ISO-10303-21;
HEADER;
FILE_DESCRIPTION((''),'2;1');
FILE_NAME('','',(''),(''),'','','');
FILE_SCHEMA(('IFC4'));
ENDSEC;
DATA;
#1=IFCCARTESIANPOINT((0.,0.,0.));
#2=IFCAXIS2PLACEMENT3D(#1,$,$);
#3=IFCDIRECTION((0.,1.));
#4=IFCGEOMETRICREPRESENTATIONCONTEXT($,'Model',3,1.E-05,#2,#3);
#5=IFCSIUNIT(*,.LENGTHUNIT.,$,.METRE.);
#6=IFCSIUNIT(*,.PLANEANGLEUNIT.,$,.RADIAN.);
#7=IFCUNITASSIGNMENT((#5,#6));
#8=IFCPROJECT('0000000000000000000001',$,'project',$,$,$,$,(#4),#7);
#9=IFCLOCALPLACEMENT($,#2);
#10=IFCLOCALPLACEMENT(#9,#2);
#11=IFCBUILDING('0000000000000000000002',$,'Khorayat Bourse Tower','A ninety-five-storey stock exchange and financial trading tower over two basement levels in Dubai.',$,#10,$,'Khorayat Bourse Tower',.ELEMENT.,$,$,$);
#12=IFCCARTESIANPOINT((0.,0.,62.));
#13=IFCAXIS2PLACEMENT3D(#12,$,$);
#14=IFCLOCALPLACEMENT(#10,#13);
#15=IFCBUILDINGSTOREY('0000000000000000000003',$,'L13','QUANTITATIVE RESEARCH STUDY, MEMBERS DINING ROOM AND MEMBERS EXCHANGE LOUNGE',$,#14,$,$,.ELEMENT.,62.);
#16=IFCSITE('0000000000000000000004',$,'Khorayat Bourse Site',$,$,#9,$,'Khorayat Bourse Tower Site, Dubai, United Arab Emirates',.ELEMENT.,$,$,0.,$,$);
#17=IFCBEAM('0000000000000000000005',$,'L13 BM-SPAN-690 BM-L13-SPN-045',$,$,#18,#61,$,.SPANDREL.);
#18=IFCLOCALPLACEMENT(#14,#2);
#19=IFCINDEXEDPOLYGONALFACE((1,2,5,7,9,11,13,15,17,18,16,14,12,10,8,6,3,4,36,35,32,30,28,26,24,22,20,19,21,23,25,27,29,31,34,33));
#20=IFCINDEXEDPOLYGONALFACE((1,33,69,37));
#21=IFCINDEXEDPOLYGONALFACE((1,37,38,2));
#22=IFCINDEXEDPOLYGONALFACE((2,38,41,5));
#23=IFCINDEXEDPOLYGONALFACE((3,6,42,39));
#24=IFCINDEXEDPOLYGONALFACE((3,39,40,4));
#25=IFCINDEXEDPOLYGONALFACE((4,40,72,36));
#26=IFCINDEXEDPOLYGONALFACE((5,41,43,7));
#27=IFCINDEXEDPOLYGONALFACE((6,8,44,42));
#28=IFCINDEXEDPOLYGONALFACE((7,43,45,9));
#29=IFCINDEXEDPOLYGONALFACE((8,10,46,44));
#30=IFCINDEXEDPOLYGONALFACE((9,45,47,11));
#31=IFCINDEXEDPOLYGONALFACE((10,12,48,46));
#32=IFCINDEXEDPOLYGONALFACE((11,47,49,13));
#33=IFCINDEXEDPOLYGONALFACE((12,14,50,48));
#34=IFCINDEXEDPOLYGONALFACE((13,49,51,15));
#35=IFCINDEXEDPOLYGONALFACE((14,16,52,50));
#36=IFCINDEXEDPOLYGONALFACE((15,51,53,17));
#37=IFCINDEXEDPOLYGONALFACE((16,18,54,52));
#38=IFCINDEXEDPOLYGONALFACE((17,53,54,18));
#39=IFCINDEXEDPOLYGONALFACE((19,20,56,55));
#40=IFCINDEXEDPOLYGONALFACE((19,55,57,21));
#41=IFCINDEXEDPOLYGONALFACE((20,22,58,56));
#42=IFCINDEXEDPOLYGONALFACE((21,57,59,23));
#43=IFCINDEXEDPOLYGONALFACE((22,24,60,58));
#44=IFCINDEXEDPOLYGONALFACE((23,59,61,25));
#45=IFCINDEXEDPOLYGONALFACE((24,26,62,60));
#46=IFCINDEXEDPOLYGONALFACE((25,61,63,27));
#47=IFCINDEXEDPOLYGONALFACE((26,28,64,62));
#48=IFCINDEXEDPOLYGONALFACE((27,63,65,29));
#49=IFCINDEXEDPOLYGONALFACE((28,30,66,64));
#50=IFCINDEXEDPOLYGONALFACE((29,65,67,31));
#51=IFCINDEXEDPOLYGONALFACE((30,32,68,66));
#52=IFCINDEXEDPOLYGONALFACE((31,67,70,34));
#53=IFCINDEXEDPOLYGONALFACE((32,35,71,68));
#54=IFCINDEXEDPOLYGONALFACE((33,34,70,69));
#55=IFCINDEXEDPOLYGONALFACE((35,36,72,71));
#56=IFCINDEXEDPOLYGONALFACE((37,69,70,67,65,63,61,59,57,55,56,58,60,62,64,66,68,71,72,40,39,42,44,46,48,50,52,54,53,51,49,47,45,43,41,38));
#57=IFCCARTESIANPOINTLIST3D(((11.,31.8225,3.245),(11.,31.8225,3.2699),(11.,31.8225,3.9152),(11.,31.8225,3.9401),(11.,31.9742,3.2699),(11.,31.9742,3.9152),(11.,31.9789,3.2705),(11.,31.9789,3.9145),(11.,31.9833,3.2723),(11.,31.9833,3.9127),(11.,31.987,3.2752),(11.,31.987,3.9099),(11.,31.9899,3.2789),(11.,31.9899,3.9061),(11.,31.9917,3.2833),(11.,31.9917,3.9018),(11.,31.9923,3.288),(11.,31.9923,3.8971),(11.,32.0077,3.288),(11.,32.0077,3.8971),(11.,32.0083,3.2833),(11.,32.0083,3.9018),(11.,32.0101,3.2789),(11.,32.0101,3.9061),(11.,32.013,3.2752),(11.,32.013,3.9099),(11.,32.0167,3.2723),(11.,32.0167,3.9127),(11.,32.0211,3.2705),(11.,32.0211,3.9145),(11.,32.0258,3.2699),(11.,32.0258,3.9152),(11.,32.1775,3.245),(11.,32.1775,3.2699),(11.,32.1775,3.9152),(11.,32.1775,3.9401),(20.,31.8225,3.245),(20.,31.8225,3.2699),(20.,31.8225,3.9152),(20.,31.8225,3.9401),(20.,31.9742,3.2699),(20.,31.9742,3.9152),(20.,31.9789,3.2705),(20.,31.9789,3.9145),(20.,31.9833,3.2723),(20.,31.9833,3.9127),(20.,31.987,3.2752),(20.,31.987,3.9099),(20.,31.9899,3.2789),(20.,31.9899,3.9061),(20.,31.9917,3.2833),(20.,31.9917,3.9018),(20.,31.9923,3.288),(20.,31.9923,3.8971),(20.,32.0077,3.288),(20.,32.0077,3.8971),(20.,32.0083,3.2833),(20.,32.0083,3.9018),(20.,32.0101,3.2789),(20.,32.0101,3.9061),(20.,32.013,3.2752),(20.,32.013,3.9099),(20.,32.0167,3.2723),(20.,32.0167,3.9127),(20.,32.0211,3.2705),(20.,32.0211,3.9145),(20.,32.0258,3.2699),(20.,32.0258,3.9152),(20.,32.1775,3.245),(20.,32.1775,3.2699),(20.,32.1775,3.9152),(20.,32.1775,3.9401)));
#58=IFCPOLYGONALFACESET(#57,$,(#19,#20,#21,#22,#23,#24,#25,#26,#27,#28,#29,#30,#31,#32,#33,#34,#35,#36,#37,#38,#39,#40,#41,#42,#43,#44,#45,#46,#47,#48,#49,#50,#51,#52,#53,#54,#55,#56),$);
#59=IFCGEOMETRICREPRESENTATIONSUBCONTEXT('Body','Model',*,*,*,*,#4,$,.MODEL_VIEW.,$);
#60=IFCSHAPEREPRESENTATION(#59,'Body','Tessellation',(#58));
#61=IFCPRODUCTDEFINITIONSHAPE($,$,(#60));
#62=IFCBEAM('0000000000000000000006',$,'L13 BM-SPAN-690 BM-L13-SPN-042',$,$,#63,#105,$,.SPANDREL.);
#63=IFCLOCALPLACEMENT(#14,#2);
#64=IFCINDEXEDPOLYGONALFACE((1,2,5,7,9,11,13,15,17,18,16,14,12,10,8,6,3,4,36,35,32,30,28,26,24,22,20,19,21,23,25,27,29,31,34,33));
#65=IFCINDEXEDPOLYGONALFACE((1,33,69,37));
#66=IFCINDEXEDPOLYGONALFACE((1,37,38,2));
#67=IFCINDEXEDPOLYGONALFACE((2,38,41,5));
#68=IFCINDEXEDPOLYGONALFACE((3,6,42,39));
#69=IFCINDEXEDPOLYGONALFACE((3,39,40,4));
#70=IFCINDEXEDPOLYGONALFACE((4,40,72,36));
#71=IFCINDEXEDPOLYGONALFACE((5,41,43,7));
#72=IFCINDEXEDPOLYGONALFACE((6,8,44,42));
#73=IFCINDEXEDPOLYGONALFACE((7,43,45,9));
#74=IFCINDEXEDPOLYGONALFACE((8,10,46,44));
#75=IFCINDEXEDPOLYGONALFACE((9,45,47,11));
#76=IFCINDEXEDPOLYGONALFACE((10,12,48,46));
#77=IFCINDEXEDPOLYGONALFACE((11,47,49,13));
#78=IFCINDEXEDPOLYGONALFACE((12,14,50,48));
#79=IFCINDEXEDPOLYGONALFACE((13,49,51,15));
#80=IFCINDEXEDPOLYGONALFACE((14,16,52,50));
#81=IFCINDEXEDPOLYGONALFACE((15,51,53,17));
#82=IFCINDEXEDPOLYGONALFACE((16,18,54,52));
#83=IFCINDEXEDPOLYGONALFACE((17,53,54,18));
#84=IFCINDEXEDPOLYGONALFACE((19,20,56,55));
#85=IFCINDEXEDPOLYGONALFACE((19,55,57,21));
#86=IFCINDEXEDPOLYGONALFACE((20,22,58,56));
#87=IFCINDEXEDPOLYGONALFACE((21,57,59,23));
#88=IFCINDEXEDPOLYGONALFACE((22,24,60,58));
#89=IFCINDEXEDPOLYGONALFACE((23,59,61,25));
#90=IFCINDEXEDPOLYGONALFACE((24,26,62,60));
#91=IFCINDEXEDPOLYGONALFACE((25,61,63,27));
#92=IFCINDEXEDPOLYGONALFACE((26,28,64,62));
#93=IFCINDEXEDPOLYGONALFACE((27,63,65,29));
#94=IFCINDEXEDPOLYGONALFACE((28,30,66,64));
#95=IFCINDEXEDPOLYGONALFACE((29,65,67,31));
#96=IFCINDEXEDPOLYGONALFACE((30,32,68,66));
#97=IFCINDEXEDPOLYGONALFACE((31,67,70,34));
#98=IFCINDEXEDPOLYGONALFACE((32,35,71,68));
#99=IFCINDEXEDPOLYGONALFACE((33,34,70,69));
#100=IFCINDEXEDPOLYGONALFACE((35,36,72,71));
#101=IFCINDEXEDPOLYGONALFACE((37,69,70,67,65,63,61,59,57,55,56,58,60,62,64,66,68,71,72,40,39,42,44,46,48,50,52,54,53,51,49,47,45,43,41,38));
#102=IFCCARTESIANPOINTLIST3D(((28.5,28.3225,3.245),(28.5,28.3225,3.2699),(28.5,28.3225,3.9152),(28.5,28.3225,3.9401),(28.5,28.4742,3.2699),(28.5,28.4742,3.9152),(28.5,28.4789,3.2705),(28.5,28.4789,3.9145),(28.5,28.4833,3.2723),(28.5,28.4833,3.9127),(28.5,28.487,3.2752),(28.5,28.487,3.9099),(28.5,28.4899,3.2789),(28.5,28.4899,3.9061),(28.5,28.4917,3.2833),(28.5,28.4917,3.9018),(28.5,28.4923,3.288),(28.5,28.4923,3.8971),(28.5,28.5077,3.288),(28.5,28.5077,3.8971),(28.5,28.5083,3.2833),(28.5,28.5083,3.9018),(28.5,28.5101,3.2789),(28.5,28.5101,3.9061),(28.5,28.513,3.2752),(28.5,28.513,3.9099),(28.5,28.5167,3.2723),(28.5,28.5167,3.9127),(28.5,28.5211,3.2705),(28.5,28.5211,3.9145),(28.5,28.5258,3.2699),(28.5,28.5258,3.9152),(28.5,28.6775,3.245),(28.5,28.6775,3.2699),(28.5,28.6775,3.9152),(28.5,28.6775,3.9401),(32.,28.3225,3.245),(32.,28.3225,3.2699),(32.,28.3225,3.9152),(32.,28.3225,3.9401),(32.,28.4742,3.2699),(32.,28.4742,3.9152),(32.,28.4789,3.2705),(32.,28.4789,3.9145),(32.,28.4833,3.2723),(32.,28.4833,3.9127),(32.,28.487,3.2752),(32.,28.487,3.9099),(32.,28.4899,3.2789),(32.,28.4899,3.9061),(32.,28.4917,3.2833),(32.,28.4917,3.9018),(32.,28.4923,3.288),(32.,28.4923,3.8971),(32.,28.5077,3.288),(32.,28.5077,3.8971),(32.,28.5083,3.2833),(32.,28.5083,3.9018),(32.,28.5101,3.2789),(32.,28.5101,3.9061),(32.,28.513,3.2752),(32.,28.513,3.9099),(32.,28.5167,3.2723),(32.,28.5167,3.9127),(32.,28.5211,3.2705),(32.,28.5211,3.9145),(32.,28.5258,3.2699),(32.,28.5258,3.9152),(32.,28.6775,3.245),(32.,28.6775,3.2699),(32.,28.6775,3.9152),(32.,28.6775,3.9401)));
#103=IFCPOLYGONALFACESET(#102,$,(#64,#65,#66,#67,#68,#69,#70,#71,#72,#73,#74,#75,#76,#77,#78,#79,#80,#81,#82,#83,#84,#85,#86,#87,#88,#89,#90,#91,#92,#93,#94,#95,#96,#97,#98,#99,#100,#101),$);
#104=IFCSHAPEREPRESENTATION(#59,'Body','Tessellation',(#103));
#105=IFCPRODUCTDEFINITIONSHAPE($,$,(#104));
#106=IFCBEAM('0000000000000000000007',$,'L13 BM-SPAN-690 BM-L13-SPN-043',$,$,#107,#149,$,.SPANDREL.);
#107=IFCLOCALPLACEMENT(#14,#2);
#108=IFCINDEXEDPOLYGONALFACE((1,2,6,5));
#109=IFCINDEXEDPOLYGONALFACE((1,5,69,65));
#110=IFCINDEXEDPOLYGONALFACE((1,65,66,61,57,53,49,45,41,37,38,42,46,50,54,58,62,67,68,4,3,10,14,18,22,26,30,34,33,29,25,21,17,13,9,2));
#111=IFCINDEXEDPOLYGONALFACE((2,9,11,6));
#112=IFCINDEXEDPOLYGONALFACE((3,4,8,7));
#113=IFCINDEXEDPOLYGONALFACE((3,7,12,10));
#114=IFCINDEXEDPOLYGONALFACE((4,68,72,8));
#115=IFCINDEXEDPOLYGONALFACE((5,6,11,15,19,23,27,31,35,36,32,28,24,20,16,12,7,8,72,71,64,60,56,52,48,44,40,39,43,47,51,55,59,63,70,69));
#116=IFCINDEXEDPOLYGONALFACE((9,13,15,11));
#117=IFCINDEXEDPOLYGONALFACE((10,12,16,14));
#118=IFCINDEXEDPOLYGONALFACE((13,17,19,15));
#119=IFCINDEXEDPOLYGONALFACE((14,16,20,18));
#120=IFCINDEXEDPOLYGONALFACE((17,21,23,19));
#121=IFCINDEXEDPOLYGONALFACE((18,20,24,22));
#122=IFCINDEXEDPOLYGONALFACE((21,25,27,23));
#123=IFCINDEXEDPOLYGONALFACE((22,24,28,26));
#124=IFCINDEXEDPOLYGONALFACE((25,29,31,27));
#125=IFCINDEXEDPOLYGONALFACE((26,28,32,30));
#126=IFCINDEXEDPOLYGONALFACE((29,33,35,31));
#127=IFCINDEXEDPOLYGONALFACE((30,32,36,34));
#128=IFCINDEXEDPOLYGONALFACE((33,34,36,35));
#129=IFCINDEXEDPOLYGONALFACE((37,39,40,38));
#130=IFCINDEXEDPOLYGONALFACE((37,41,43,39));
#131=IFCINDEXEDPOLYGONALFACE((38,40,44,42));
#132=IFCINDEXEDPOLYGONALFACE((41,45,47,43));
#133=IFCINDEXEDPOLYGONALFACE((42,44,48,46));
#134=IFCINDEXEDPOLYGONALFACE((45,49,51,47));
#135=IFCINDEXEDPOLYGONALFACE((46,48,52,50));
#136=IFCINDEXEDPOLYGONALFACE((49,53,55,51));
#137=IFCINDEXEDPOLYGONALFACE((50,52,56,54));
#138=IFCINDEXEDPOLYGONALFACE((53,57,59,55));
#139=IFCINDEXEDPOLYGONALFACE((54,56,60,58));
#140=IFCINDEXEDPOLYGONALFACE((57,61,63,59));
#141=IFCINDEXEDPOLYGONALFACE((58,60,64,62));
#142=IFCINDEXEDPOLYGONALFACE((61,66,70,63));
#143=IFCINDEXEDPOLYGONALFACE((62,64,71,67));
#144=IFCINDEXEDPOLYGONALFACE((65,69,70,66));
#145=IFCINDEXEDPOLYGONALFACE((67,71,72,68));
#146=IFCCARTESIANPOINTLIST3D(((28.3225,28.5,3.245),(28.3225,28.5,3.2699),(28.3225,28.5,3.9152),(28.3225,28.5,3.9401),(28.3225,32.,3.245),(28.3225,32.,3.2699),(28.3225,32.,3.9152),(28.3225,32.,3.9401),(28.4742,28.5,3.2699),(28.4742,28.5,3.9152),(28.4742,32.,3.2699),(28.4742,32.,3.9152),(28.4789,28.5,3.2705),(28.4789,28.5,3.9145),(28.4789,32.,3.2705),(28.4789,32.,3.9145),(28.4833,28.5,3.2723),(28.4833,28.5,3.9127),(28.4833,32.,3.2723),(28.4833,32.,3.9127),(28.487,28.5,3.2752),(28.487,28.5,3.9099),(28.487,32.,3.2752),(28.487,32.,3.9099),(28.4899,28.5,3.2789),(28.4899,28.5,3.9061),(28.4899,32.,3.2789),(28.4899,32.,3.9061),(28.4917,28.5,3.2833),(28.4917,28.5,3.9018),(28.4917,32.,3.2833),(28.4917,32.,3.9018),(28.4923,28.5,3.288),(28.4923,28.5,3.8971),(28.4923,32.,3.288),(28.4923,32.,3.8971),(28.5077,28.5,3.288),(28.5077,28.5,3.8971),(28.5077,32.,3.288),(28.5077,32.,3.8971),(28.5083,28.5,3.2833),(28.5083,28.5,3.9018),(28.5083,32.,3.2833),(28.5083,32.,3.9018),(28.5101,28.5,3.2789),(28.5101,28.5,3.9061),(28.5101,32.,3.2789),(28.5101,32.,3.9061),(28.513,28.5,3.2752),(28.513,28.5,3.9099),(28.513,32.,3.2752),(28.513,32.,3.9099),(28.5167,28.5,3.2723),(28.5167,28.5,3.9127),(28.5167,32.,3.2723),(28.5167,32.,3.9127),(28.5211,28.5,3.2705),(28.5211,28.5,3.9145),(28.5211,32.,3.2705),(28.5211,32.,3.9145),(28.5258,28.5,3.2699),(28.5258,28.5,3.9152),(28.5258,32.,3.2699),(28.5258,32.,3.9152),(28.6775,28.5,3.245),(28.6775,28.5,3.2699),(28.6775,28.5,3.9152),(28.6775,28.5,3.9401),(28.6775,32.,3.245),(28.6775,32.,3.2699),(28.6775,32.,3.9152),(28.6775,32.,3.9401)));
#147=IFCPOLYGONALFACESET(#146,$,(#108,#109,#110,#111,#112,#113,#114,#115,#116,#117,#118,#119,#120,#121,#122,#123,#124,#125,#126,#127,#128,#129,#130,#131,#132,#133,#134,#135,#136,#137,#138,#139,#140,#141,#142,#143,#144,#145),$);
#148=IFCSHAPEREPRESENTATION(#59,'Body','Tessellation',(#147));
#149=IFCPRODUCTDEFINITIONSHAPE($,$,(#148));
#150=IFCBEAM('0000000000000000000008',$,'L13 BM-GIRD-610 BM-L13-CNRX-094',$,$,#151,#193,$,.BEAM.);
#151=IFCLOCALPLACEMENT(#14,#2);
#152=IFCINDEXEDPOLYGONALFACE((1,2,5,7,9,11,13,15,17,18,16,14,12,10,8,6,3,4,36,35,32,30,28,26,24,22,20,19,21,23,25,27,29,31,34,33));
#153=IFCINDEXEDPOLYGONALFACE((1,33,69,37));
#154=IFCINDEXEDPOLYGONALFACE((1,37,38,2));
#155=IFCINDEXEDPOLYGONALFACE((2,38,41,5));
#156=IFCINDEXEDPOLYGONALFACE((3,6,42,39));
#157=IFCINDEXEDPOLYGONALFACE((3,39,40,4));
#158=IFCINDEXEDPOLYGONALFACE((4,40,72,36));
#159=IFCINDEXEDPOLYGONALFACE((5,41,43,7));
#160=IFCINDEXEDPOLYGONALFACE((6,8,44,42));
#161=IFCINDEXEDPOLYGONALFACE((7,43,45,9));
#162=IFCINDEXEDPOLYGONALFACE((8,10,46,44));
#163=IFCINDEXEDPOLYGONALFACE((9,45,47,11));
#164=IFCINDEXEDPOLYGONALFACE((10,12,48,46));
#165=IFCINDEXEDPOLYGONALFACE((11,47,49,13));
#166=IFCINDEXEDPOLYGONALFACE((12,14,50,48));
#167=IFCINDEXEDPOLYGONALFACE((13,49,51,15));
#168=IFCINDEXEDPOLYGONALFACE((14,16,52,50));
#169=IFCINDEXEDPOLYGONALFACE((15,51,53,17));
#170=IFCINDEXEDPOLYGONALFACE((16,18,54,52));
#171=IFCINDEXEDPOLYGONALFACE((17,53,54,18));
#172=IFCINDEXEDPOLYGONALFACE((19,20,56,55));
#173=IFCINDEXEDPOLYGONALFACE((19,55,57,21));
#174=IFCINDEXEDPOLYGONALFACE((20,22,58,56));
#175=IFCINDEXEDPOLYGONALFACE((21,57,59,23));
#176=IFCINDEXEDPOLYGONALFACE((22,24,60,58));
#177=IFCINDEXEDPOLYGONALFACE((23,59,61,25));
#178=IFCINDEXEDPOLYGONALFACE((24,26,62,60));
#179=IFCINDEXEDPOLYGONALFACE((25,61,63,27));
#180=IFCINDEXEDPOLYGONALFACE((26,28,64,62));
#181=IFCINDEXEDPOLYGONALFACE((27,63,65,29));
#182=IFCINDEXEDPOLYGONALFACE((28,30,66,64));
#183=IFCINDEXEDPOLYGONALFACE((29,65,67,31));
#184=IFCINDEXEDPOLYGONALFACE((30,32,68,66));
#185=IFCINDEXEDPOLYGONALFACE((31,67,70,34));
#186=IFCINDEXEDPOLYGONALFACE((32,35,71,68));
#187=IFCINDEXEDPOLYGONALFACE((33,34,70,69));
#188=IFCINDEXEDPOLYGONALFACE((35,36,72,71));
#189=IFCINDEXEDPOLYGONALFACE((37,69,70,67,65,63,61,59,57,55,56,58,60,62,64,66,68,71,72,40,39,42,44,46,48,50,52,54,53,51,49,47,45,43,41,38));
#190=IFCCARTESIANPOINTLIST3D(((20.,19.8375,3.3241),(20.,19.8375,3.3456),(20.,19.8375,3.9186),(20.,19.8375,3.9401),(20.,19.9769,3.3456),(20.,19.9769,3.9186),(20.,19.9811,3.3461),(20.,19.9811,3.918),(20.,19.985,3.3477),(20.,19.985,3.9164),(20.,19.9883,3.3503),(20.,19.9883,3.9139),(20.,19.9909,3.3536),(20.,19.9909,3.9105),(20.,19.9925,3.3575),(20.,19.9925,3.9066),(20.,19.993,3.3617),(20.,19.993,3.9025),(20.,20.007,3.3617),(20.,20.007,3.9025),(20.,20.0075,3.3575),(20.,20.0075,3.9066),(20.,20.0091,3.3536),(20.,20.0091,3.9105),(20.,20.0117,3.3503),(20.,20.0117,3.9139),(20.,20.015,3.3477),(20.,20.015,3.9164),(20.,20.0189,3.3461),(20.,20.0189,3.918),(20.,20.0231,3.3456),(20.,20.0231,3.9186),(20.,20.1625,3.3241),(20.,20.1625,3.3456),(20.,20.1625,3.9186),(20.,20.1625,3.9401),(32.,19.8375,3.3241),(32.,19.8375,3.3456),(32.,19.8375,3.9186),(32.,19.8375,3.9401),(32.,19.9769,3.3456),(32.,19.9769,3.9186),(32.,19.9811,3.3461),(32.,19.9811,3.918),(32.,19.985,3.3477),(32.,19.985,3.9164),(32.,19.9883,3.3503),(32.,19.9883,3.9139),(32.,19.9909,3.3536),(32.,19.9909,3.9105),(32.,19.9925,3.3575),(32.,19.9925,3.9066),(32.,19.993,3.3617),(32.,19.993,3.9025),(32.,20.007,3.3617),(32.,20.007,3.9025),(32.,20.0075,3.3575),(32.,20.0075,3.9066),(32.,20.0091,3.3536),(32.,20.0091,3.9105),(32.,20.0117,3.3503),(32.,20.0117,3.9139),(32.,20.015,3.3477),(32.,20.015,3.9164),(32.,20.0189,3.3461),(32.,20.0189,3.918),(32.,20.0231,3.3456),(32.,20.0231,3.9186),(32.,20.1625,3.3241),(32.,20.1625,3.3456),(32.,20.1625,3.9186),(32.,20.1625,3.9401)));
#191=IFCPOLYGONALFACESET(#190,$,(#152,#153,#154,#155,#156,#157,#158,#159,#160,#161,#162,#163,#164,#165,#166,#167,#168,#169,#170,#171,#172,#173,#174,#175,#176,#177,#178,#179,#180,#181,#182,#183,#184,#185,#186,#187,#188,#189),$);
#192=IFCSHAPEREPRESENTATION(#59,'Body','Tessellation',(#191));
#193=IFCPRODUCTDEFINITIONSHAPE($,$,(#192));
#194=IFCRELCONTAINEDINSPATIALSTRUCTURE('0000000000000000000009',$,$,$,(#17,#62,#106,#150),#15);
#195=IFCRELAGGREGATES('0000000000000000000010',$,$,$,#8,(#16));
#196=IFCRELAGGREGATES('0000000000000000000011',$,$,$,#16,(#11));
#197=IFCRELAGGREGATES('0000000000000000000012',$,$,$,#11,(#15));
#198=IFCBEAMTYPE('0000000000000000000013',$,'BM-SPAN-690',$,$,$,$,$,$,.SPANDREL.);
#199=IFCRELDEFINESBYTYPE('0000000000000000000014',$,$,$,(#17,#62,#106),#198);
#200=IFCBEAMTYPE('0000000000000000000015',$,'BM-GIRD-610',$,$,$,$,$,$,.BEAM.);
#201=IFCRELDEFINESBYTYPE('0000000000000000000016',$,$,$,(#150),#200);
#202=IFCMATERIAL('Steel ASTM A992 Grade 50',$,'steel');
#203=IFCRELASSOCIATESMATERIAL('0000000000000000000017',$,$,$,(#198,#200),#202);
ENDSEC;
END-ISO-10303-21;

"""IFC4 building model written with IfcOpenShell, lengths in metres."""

from ifc_helpers import new_model, si_unit, direction, frame, origin, origin_2d, place, context, subcontext, project, spatial, i_section, extrude, source, transform, mapped, material, material_profile, profile_set, type_object, element, save


model = new_model("IFC4")

# Units and contexts
model_context = context("Model", 3, precision=1e-05, world=origin(), true_north=direction((0.0, 1.0)))
body_context = subcontext(model_context, "Body", "Model", "MODEL_VIEW")
ifc_project = project(units=[si_unit("LENGTHUNIT", "METRE"), si_unit("PLANEANGLEUNIT", "RADIAN")], contexts=[model_context])

# Site, building, storey
site_placement = place(None, origin())
site = spatial("IfcSite", under=ifc_project, at=site_placement, Name="Khorayat Bourse Site", LongName="Khorayat Bourse Tower Site, Dubai, United Arab Emirates", CompositionType="ELEMENT", RefElevation=0.0)
building_placement = place(site_placement, origin())
building = spatial("IfcBuilding", under=site, at=building_placement, Name="Khorayat Bourse Tower", Description="A ninety-five-storey stock exchange and financial trading tower over two basement levels in Dubai.", LongName="Khorayat Bourse Tower", CompositionType="ELEMENT")
storey_placement = place(building_placement, frame((0.0, 0.0, 62.0)))
storey = spatial("IfcBuildingStorey", under=building, at=storey_placement, Name="L13", Description="QUANTITATIVE RESEARCH STUDY, MEMBERS DINING ROOM AND MEMBERS EXCHANGE LOUNGE", CompositionType="ELEMENT", Elevation=62.0)

# Beams
ifc_material_1 = material(Name="Steel ASTM A992 Grade 50", Category="steel")
ifc_material_profile_1 = material_profile(ifc_material_1, i_section(OverallWidth=0.355, OverallDepth=0.6951, WebThickness=0.0154, FlangeThickness=0.0249, FilletRadius=0.0181, at=origin_2d()), Name="W690X217")
ifc_profile_set_1 = profile_set([ifc_material_profile_1], Name="Steel ASTM A992 Grade 50")
beam_type_1 = type_object("IfcBeamType", Name="BM-SPAN-690", PredefinedType="SPANDREL", material=ifc_profile_set_1)
shared_shape_1 = source(origin(), body_context, "Body", "SweptSolid", [
    extrude(i_section(OverallWidth=0.355, OverallDepth=0.6951, WebThickness=0.0154, FlangeThickness=0.0249, FilletRadius=0.0181, at=origin_2d()), origin(), (0.0, 0.0, 1.0), 9.0),
])
beam_1_placement = place(storey_placement, frame((11.0, 32.0, 3.5925), z_axis=(1.0, 0.0, 0.0), x_axis=(0.0, 1.0, 0.0)))
element("IfcBeam", 1, at=beam_1_placement, inside=storey, type_object=beam_type_1, Name="L13 BM-SPAN-690 BM-L13-SPN-045", PredefinedType="SPANDREL", context=body_context, shape_type="MappedRepresentation", body=[
    mapped(shared_shape_1, transform((0.0, 0.0, 0.0), scale=1.0)),
])
shared_shape_2 = source(origin(), body_context, "Body", "SweptSolid", [
    extrude(i_section(OverallWidth=0.355, OverallDepth=0.6951, WebThickness=0.0154, FlangeThickness=0.0249, FilletRadius=0.0181, at=origin_2d()), origin(), (0.0, 0.0, 1.0), 3.5),
])
for number, where, z_axis, x_axis, name in (
    (2, (28.5, 28.5, 3.5925), (1.0, 0.0, 0.0), (0.0, 1.0, 0.0), "L13 BM-SPAN-690 BM-L13-SPN-042"),
    (3, (28.5, 28.5, 3.5925), (0.0, 1.0, 0.0), (-1.0, 0.0, 0.0), "L13 BM-SPAN-690 BM-L13-SPN-043"),
):
    element("IfcBeam", number, at=place(storey_placement, frame(where, z_axis=z_axis, x_axis=x_axis)), inside=storey, type_object=beam_type_1, Name=name, PredefinedType="SPANDREL", context=body_context, shape_type="MappedRepresentation", body=[
        mapped(shared_shape_2, transform((0.0, 0.0, 0.0), scale=1.0)),
    ])
ifc_material_profile_2 = material_profile(ifc_material_1, i_section(OverallWidth=0.325, OverallDepth=0.616, WebThickness=0.0139, FlangeThickness=0.0215, FilletRadius=0.0161, at=origin_2d()), Name="W610X174")
ifc_profile_set_2 = profile_set([ifc_material_profile_2], Name="Steel ASTM A992 Grade 50")
beam_type_2 = type_object("IfcBeamType", Name="BM-GIRD-610", PredefinedType="BEAM", material=ifc_profile_set_2)
shared_shape_3 = source(origin(), body_context, "Body", "SweptSolid", [
    extrude(i_section(OverallWidth=0.325, OverallDepth=0.616, WebThickness=0.0139, FlangeThickness=0.0215, FilletRadius=0.0161, at=origin_2d()), origin(), (0.0, 0.0, 1.0), 12.0),
])
beam_2_placement = place(storey_placement, frame((20.0, 20.0, 3.6321), z_axis=(1.0, 0.0, 0.0), x_axis=(0.0, 1.0, 0.0)))
element("IfcBeam", 4, at=beam_2_placement, inside=storey, type_object=beam_type_2, Name="L13 BM-GIRD-610 BM-L13-CNRX-094", PredefinedType="BEAM", context=body_context, shape_type="MappedRepresentation", body=[
    mapped(shared_shape_3, transform((0.0, 0.0, 0.0), scale=1.0)),
])

save(model, "model.ifc")
